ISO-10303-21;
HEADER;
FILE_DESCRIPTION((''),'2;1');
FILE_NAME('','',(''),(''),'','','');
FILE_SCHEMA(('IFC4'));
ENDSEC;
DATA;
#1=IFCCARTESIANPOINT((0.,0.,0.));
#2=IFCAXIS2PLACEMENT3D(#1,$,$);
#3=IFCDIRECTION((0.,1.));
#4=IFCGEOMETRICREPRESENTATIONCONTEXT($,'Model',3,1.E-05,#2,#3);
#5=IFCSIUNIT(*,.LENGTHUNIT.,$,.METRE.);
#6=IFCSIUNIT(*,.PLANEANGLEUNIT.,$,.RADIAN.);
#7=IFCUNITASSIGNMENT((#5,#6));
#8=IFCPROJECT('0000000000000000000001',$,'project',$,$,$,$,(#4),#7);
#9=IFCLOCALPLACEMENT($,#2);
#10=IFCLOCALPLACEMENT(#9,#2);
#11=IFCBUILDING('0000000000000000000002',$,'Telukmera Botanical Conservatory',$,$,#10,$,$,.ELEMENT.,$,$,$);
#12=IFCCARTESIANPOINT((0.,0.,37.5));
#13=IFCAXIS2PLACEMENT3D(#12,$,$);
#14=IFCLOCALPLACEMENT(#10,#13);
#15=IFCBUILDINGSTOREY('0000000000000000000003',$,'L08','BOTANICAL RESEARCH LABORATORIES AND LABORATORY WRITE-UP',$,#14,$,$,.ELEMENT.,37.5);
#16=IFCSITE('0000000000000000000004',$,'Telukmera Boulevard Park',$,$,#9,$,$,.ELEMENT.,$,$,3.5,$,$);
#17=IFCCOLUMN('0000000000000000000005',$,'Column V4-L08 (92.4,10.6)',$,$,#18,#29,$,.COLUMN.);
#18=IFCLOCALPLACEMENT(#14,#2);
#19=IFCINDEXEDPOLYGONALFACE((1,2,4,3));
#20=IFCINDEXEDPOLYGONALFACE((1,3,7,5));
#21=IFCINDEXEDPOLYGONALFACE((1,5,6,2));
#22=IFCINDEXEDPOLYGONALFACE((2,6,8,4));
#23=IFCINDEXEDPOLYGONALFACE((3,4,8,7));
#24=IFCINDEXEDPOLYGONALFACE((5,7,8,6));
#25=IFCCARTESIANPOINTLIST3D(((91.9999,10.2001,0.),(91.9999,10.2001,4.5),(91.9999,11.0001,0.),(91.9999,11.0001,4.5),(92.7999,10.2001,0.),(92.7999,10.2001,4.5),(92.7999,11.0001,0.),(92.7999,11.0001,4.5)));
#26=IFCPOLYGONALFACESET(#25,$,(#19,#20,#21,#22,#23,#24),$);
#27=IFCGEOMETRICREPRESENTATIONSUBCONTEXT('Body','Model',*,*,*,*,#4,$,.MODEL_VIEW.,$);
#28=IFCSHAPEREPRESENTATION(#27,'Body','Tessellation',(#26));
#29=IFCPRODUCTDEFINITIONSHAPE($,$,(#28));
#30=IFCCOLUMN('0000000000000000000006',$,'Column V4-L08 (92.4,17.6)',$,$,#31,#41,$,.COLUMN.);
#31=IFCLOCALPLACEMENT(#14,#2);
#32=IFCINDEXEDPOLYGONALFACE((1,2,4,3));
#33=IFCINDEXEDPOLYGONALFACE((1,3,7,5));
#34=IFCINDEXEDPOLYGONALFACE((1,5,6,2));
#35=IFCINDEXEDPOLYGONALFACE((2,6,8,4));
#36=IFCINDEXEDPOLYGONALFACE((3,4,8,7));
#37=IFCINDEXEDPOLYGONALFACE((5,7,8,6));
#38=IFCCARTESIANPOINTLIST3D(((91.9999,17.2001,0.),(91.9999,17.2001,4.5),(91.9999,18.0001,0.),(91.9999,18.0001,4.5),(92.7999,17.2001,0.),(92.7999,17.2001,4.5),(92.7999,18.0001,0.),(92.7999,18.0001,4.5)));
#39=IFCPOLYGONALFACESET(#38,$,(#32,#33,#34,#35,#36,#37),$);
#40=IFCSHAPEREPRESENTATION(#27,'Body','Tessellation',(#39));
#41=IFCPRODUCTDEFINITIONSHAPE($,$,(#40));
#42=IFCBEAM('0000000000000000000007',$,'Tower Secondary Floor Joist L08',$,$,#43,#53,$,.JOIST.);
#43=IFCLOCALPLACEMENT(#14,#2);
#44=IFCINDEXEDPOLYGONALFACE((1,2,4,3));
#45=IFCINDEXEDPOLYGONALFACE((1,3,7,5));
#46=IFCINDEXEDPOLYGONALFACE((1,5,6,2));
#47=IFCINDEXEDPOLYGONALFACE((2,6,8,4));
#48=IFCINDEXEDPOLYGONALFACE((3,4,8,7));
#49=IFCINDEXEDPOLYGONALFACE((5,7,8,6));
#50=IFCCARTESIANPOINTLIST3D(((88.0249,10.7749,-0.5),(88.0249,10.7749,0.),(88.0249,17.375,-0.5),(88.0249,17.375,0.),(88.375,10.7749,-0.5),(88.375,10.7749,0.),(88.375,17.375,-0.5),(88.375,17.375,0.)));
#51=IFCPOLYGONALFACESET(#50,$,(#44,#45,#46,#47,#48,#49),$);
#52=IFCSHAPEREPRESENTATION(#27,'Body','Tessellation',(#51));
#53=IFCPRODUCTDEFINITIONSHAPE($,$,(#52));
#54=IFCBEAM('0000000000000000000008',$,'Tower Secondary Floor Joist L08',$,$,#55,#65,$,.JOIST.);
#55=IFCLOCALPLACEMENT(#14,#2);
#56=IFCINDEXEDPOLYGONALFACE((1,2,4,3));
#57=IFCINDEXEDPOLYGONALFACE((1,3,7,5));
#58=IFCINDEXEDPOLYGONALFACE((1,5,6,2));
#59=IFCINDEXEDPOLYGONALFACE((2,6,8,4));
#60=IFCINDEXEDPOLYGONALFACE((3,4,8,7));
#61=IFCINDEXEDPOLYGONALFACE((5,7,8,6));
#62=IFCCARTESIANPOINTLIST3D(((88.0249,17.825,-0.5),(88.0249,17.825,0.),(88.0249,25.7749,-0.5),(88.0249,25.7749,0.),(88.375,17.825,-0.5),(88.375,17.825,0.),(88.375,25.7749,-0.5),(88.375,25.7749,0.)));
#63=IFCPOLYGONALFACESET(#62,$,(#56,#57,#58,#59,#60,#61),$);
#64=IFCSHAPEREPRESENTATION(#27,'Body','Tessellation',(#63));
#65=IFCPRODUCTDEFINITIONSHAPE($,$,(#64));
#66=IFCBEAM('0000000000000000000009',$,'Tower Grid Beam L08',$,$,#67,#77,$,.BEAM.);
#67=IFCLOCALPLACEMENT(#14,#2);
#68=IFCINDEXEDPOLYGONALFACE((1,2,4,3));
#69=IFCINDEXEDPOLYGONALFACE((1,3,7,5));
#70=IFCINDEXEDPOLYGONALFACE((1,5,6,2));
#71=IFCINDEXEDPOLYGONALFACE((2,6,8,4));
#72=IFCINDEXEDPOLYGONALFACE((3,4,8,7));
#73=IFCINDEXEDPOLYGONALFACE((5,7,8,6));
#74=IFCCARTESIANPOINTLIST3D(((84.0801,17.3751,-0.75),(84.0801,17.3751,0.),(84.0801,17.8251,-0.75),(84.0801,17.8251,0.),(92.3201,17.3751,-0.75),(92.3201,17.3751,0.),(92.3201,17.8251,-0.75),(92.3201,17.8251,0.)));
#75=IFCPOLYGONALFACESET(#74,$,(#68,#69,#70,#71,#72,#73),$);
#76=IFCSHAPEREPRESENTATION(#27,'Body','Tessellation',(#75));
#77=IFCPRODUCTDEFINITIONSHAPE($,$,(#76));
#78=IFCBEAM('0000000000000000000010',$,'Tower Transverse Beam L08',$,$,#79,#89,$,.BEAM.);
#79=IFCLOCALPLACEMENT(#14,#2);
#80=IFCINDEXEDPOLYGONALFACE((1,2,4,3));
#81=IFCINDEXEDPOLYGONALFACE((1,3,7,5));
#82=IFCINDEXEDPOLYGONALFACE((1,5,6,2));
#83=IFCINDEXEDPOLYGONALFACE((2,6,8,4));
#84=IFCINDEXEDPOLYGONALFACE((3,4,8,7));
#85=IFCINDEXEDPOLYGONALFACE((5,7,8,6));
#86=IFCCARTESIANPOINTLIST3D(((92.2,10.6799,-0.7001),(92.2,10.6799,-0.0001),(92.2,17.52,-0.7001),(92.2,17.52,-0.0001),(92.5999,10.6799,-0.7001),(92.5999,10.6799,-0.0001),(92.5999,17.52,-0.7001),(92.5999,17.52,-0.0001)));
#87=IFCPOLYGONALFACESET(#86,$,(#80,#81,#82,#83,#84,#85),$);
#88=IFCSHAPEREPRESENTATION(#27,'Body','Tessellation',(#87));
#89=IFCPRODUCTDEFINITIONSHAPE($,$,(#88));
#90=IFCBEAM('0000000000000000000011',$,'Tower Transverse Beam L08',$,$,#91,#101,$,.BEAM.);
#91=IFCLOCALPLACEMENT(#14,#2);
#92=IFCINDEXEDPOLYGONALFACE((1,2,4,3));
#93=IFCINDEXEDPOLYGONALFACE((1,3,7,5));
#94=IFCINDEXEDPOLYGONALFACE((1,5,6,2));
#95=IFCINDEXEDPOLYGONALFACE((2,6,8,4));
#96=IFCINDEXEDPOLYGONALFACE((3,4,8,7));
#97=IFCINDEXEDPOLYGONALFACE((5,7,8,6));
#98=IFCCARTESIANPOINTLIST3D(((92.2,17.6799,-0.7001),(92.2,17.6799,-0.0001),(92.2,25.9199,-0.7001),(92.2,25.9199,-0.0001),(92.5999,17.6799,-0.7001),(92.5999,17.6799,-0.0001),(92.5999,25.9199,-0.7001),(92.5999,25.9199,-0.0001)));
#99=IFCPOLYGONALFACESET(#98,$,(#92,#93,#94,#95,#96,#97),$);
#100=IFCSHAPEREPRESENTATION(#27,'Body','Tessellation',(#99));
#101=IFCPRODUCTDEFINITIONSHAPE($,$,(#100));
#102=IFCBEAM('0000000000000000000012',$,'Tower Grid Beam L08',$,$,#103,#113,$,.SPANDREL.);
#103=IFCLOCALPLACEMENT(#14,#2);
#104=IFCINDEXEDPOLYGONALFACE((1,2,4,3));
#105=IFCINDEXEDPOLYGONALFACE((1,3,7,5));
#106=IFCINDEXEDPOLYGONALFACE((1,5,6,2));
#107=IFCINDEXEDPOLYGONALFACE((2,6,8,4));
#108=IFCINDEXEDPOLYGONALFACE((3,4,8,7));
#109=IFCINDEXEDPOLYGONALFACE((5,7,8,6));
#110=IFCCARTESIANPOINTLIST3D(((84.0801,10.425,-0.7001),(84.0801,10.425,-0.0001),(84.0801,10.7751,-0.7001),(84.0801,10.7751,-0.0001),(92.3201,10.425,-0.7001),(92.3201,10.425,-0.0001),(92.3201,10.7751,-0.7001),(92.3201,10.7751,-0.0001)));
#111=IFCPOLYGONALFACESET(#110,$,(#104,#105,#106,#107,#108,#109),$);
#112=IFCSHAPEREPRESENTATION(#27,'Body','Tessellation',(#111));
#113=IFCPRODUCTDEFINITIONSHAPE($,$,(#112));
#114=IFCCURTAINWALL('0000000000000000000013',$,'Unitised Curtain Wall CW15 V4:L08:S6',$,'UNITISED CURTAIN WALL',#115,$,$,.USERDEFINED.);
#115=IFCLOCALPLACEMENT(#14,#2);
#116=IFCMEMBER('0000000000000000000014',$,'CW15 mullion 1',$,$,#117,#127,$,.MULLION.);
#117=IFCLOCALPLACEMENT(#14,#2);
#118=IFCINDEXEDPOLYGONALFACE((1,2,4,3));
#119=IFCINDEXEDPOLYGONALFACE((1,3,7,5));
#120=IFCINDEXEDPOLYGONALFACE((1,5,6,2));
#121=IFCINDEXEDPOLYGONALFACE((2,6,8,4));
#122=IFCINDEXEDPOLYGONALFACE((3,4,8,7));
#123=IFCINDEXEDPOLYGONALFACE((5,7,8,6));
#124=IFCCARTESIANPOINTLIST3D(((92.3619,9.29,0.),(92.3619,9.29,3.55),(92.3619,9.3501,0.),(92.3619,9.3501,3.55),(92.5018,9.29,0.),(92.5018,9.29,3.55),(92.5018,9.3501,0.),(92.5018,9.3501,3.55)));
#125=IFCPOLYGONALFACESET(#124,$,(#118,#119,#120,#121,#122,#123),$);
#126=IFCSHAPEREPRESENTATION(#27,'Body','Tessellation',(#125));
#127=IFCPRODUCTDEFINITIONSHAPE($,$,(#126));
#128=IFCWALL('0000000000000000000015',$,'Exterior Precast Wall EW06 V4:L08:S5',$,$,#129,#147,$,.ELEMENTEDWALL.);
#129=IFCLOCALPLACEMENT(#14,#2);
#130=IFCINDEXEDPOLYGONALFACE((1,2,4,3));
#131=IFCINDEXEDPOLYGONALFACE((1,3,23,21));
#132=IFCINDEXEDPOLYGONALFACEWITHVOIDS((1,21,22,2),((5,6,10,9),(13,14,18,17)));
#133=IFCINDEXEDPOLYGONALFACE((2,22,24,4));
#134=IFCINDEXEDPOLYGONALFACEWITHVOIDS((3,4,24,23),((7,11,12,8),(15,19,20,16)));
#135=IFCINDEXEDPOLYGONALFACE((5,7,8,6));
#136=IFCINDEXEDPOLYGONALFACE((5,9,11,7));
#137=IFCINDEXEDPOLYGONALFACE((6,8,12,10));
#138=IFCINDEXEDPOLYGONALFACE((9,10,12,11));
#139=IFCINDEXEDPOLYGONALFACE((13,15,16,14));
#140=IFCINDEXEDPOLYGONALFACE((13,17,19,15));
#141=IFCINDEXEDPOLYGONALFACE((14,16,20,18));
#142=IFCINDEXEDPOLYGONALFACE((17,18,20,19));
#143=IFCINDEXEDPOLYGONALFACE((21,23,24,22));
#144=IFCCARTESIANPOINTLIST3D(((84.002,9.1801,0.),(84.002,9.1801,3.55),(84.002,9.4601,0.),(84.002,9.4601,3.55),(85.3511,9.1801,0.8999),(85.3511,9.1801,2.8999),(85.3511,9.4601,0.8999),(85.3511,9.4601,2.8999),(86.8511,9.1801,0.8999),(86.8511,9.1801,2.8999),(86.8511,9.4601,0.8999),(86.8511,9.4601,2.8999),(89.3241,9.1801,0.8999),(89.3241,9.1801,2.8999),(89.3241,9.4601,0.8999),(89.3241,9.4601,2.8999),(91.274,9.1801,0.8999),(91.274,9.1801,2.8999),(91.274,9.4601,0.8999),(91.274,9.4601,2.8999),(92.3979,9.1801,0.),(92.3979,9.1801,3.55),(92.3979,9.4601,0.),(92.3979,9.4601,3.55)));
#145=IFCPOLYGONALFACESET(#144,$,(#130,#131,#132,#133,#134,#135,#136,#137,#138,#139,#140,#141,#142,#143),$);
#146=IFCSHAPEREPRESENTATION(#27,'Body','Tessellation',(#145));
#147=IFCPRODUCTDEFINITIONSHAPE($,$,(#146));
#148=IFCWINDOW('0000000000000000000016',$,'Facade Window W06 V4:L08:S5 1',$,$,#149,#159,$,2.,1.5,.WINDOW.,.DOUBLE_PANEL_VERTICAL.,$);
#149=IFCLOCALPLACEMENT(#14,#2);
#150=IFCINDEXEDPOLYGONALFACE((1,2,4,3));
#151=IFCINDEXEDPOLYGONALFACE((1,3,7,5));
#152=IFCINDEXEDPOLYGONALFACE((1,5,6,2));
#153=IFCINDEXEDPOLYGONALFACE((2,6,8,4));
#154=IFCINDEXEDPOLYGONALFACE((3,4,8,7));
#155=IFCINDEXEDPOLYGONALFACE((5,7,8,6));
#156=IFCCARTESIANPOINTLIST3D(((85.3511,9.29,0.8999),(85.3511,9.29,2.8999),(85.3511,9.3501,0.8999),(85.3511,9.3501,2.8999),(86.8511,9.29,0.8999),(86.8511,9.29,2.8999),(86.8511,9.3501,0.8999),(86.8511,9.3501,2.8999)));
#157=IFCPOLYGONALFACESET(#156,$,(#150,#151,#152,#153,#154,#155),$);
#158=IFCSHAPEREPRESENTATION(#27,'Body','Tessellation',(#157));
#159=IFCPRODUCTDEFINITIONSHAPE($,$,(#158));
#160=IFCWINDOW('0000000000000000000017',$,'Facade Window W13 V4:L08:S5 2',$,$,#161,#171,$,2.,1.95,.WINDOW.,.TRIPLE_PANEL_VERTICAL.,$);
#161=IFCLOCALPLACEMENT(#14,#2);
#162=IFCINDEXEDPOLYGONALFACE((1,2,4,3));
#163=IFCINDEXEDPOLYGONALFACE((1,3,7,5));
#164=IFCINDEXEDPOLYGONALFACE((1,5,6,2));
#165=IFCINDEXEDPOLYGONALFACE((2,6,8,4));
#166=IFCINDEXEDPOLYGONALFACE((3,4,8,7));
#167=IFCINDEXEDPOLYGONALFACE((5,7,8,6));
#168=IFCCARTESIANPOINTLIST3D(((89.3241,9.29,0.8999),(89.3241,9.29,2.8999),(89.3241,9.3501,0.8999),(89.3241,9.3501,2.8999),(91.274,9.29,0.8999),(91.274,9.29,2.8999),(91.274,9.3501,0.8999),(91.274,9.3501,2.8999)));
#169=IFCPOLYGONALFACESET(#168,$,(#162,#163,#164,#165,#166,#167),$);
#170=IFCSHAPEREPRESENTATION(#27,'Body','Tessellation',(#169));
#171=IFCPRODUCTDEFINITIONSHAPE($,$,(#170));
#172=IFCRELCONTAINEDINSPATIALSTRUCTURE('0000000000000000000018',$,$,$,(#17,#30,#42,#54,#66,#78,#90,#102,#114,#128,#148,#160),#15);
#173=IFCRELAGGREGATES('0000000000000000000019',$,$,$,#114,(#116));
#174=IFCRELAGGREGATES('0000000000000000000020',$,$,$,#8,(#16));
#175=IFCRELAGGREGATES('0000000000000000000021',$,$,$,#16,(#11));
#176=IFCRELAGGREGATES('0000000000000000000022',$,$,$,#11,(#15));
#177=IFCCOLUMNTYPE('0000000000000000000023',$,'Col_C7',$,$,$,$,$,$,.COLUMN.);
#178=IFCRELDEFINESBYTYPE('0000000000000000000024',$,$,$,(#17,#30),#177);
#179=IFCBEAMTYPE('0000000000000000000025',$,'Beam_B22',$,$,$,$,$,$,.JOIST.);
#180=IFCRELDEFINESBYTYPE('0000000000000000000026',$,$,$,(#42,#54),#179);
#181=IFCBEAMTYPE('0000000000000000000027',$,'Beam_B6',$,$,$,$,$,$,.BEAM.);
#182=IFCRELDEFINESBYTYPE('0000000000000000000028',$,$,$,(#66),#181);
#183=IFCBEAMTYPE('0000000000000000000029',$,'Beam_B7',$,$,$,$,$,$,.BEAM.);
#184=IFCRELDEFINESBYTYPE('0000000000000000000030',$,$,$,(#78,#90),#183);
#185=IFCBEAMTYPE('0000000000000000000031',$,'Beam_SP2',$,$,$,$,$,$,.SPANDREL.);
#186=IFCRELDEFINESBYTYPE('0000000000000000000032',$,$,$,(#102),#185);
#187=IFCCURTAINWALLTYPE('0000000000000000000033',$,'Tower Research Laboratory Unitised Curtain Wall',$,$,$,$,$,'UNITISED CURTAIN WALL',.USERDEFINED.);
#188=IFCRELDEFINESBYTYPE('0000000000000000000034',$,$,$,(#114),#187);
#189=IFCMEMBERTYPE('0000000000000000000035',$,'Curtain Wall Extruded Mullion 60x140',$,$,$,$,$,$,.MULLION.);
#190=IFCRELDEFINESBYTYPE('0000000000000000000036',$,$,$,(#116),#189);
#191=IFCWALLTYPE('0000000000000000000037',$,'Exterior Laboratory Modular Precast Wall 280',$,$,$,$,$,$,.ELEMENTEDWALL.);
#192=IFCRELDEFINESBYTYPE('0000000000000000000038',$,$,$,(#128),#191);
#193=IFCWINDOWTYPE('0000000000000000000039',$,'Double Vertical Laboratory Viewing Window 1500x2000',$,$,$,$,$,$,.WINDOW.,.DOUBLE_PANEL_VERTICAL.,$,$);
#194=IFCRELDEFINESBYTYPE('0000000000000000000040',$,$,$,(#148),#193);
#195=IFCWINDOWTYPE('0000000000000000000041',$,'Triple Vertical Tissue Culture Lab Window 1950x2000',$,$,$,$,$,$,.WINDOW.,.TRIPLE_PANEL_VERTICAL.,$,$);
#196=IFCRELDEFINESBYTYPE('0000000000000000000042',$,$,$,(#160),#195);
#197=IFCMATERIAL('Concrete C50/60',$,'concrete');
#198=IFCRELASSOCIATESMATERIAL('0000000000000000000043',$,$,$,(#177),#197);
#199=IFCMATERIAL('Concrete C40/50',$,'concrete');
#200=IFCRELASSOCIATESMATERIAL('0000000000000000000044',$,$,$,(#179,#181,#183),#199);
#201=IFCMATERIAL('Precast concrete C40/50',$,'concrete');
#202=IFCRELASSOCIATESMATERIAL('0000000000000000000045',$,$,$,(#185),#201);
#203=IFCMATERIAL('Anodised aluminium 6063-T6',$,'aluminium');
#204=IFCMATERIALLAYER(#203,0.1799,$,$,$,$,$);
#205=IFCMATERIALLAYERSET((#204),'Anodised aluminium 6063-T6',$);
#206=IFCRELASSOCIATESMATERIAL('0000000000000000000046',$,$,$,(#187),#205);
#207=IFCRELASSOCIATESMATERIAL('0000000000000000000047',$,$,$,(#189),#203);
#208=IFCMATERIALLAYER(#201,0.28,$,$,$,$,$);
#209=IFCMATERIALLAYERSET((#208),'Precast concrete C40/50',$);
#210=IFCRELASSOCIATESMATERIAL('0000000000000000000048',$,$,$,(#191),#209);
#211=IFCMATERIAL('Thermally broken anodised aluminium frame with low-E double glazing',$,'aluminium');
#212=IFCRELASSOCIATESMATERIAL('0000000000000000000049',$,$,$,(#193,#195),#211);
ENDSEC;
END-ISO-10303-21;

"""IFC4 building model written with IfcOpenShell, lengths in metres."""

from ifc_helpers import new_model, si_unit, direction, frame, frame_2d, origin, origin_2d, place, context, subcontext, project, spatial, rectangle, extrude, material, layer, layer_set, material_profile, profile_set, type_object, element, fill, aggregate, save


model = new_model("IFC4")

# Units and contexts
model_context = context("Model", 3, precision=1e-05, world=origin(), true_north=direction((0.0, 1.0)))
body_context = subcontext(model_context, "Body", "Model", "MODEL_VIEW")
ifc_project = project(units=[si_unit("LENGTHUNIT", "METRE"), si_unit("PLANEANGLEUNIT", "RADIAN")], contexts=[model_context])

# Site, building, storey
site_placement = place(None, origin())
site = spatial("IfcSite", under=ifc_project, at=site_placement, Name="Telukmera Boulevard Park", CompositionType="ELEMENT", RefElevation=3.5)
building_placement = place(site_placement, origin())
building = spatial("IfcBuilding", under=site, at=building_placement, Name="Telukmera Botanical Conservatory", CompositionType="ELEMENT")
storey_placement = place(building_placement, frame((0.0, 0.0, 37.5)))
storey = spatial("IfcBuildingStorey", under=building, at=storey_placement, Name="L08", Description="BOTANICAL RESEARCH LABORATORIES AND LABORATORY WRITE-UP", CompositionType="ELEMENT", Elevation=37.5)

# Columns
ifc_material_1 = material(Name="Concrete C50/60", Category="concrete")
ifc_material_profile_1 = material_profile(ifc_material_1, rectangle(XDim=0.8, YDim=0.8, at=origin_2d()), Name="RC 800x800")
ifc_profile_set_1 = profile_set([ifc_material_profile_1], Name="Concrete C50/60")
column_type = type_object("IfcColumnType", Name="Col_C7", PredefinedType="COLUMN", material=ifc_profile_set_1)
for number, where, z_axis, x_axis, name in (
    (1, (92.3999, 10.6001, 0.0), (0.0, 0.0, 1.0), (1.0, 0.0, 0.0), "Column V4-L08 (92.4,10.6)"),
    (2, (92.3999, 17.6001, 0.0), (0.0, 0.0, 1.0), (1.0, 0.0, 0.0), "Column V4-L08 (92.4,17.6)"),
):
    element("IfcColumn", number, at=place(storey_placement, frame(where, z_axis=z_axis, x_axis=x_axis)), inside=storey, type_object=column_type, Name=name, PredefinedType="COLUMN", context=body_context, shape_type="SweptSolid", body=[
        extrude(rectangle(XDim=0.8, YDim=0.8, at=origin_2d()), origin(), (0.0, 0.0, 1.0), 4.5),
    ])

# Beams
ifc_material_2 = material(Name="Concrete C40/50", Category="concrete")
ifc_material_profile_2 = material_profile(ifc_material_2, rectangle(XDim=0.3501, YDim=0.5, at=origin_2d()), Name="RC 350x500")
ifc_profile_set_2 = profile_set([ifc_material_profile_2], Name="Concrete C40/50")
beam_type_1 = type_object("IfcBeamType", Name="Beam_B22", PredefinedType="JOIST", material=ifc_profile_set_2)
beam_1_placement = place(storey_placement, frame((88.2, 10.7749, -0.25), z_axis=(0.0, 1.0, 0.0), x_axis=(-1.0, 0.0, 0.0)))
element("IfcBeam", 3, at=beam_1_placement, inside=storey, type_object=beam_type_1, Name="Tower Secondary Floor Joist L08", PredefinedType="JOIST", context=body_context, shape_type="SweptSolid", body=[
    extrude(rectangle(XDim=0.3501, YDim=0.5, at=origin_2d()), origin(), (0.0, 0.0, 1.0), 6.6001),
])
beam_2_placement = place(storey_placement, frame((88.2, 17.825, -0.25), z_axis=(0.0, 1.0, 0.0), x_axis=(-1.0, 0.0, 0.0)))
element("IfcBeam", 4, at=beam_2_placement, inside=storey, type_object=beam_type_1, Name="Tower Secondary Floor Joist L08", PredefinedType="JOIST", context=body_context, shape_type="SweptSolid", body=[
    extrude(rectangle(XDim=0.3501, YDim=0.5, at=origin_2d()), origin(), (0.0, 0.0, 1.0), 7.95),
])
ifc_material_profile_3 = material_profile(ifc_material_2, rectangle(XDim=0.45, YDim=0.75, at=origin_2d()), Name="RC 450x750")
ifc_profile_set_3 = profile_set([ifc_material_profile_3], Name="Concrete C40/50")
beam_type_2 = type_object("IfcBeamType", Name="Beam_B6", PredefinedType="BEAM", material=ifc_profile_set_3)
beam_3_placement = place(storey_placement, frame((84.0801, 17.6001, -0.375), z_axis=(1.0, 0.0, 0.0), x_axis=(0.0, 1.0, 0.0)))
element("IfcBeam", 5, at=beam_3_placement, inside=storey, type_object=beam_type_2, Name="Tower Grid Beam L08", PredefinedType="BEAM", context=body_context, shape_type="SweptSolid", body=[
    extrude(rectangle(XDim=0.45, YDim=0.75, at=origin_2d()), origin(), (0.0, 0.0, 1.0), 8.24),
])
ifc_material_profile_4 = material_profile(ifc_material_2, rectangle(XDim=0.3999, YDim=0.7, at=origin_2d()), Name="RC 400x700")
ifc_profile_set_4 = profile_set([ifc_material_profile_4], Name="Concrete C40/50")
beam_type_3 = type_object("IfcBeamType", Name="Beam_B7", PredefinedType="BEAM", material=ifc_profile_set_4)
beam_4_placement = place(storey_placement, frame((92.3999, 10.6799, -0.3501), z_axis=(0.0, 1.0, 0.0), x_axis=(-1.0, 0.0, 0.0)))
element("IfcBeam", 6, at=beam_4_placement, inside=storey, type_object=beam_type_3, Name="Tower Transverse Beam L08", PredefinedType="BEAM", context=body_context, shape_type="SweptSolid", body=[
    extrude(rectangle(XDim=0.3999, YDim=0.7, at=origin_2d()), origin(), (0.0, 0.0, 1.0), 6.8401),
])
beam_5_placement = place(storey_placement, frame((92.3999, 17.6799, -0.3501), z_axis=(0.0, 1.0, 0.0), x_axis=(-1.0, 0.0, 0.0)))
element("IfcBeam", 7, at=beam_5_placement, inside=storey, type_object=beam_type_3, Name="Tower Transverse Beam L08", PredefinedType="BEAM", context=body_context, shape_type="SweptSolid", body=[
    extrude(rectangle(XDim=0.3999, YDim=0.7, at=origin_2d()), origin(), (0.0, 0.0, 1.0), 8.24),
])
ifc_material_3 = material(Name="Precast concrete C40/50", Category="concrete")
ifc_material_profile_5 = material_profile(ifc_material_3, rectangle(XDim=0.3501, YDim=0.7, at=origin_2d()), Name="PC 350x700")
ifc_profile_set_5 = profile_set([ifc_material_profile_5], Name="Precast concrete C40/50")
beam_type_4 = type_object("IfcBeamType", Name="Beam_SP2", PredefinedType="SPANDREL", material=ifc_profile_set_5)
beam_6_placement = place(storey_placement, frame((84.0801, 10.6001, -0.3501), z_axis=(1.0, 0.0, 0.0), x_axis=(0.0, 1.0, 0.0)))
element("IfcBeam", 8, at=beam_6_placement, inside=storey, type_object=beam_type_4, Name="Tower Grid Beam L08", PredefinedType="SPANDREL", context=body_context, shape_type="SweptSolid", body=[
    extrude(rectangle(XDim=0.3501, YDim=0.7, at=origin_2d()), origin(), (0.0, 0.0, 1.0), 8.24),
])

# Curtain wall, member
ifc_material_4 = material(Name="Anodised aluminium 6063-T6", Category="aluminium")
ifc_layer_1 = layer(ifc_material_4, 0.1799)
ifc_layer_set_1 = layer_set([ifc_layer_1], Name="Anodised aluminium 6063-T6")
curtain_wall_type = type_object("IfcCurtainWallType", Name="Tower Research Laboratory Unitised Curtain Wall", ElementType="UNITISED CURTAIN WALL", PredefinedType="USERDEFINED", material=ifc_layer_set_1)
curtain_wall_placement = place(storey_placement, origin())
curtain_wall = element("IfcCurtainWall", 9, at=curtain_wall_placement, inside=storey, type_object=curtain_wall_type, Name="Unitised Curtain Wall CW15 V4:L08:S6", ObjectType="UNITISED CURTAIN WALL", PredefinedType="USERDEFINED")
ifc_material_profile_6 = material_profile(ifc_material_4, rectangle(XDim=0.0601, YDim=0.1399, at=origin_2d()), Name="ALU MULL 60x140")
ifc_profile_set_6 = profile_set([ifc_material_profile_6], Name="Anodised aluminium 6063-T6")
member_type = type_object("IfcMemberType", Name="Curtain Wall Extruded Mullion 60x140", PredefinedType="MULLION", material=ifc_profile_set_6)
member_placement = place(storey_placement, frame((92.4319, 9.3201, 0.0), z_axis=(0.0, 0.0, 1.0), x_axis=(0.0, 1.0, 0.0)))
member = element("IfcMember", 10, at=member_placement, type_object=member_type, Name="CW15 mullion 1", PredefinedType="MULLION", context=body_context, shape_type="SweptSolid", body=[
    extrude(rectangle(XDim=0.0601, YDim=0.1399, at=origin_2d()), origin(), (0.0, 0.0, 1.0), 3.55),
])
aggregate(curtain_wall, [member])

# Wall, openings, windows
ifc_layer_2 = layer(ifc_material_3, 0.28)
ifc_layer_set_2 = layer_set([ifc_layer_2], Name="Precast concrete C40/50")
wall_type_1 = type_object("IfcWallType", Name="Exterior Laboratory Modular Precast Wall 280", PredefinedType="ELEMENTEDWALL", material=ifc_layer_set_2)
wall_1_placement = place(storey_placement, frame((84.002, 9.3201, 0.0), z_axis=(0.0, 0.0, 1.0), x_axis=(1.0, 0.0, 0.0)))
wall_1 = element("IfcWall", 11, at=wall_1_placement, inside=storey, type_object=wall_type_1, Name="Exterior Precast Wall EW06 V4:L08:S5", PredefinedType="ELEMENTEDWALL", context=body_context, shape_type="SweptSolid", body=[
    extrude(rectangle(XDim=8.396, YDim=0.28, at=frame_2d((4.198, 0.0))), origin(), (0.0, 0.0, 1.0), 3.55),
])
opening_1_placement = place(wall_1_placement, frame((1.3491, 0.0, 0.8999)))
opening_1 = element("IfcOpeningElement", 12, at=opening_1_placement, cuts=wall_1, PredefinedType="OPENING", context=body_context, shape_type="SweptSolid", body=[
    extrude(rectangle(XDim=1.5, YDim=2.0, at=frame_2d((0.75, 1.0))), frame((0.0, 0.1499, 0.0), z_axis=(0.0, -1.0, 0.0), x_axis=(1.0, 0.0, 0.0)), (0.0, 0.0, 1.0), 0.3),
])
opening_2_placement = place(wall_1_placement, frame((5.322, 0.0, 0.8999)))
opening_2 = element("IfcOpeningElement", 13, at=opening_2_placement, cuts=wall_1, PredefinedType="OPENING", context=body_context, shape_type="SweptSolid", body=[
    extrude(rectangle(XDim=1.95, YDim=2.0, at=frame_2d((0.9751, 1.0))), frame((0.0, 0.1499, 0.0), z_axis=(0.0, -1.0, 0.0), x_axis=(1.0, 0.0, 0.0)), (0.0, 0.0, 1.0), 0.3),
])
ifc_material_5 = material(Name="Thermally broken anodised aluminium frame with low-E double glazing", Category="aluminium")
window_type_1 = type_object("IfcWindowType", Name="Double Vertical Laboratory Viewing Window 1500x2000", PartitioningType="DOUBLE_PANEL_VERTICAL", PredefinedType="WINDOW", material=ifc_material_5)
window_1_placement = place(opening_1_placement, origin())
window_1 = element("IfcWindow", 14, at=window_1_placement, inside=storey, type_object=window_type_1, Name="Facade Window W06 V4:L08:S5 1", OverallHeight=2.0, OverallWidth=1.5, PartitioningType="DOUBLE_PANEL_VERTICAL", PredefinedType="WINDOW", context=body_context, shape_type="SweptSolid", body=[
    extrude(rectangle(XDim=1.5, YDim=2.0, at=frame_2d((0.75, 1.0))), frame((0.0, 0.03, 0.0), z_axis=(0.0, -1.0, 0.0), x_axis=(1.0, 0.0, 0.0)), (0.0, 0.0, 1.0), 0.0601),
])
fill(opening_1, window_1)
window_type_2 = type_object("IfcWindowType", Name="Triple Vertical Tissue Culture Lab Window 1950x2000", PartitioningType="TRIPLE_PANEL_VERTICAL", PredefinedType="WINDOW", material=ifc_material_5)
window_2_placement = place(opening_2_placement, origin())
window_2 = element("IfcWindow", 15, at=window_2_placement, inside=storey, type_object=window_type_2, Name="Facade Window W13 V4:L08:S5 2", OverallHeight=2.0, OverallWidth=1.95, PartitioningType="TRIPLE_PANEL_VERTICAL", PredefinedType="WINDOW", context=body_context, shape_type="SweptSolid", body=[
    extrude(rectangle(XDim=1.95, YDim=2.0, at=frame_2d((0.9751, 1.0))), frame((0.0, 0.03, 0.0), z_axis=(0.0, -1.0, 0.0), x_axis=(1.0, 0.0, 0.0)), (0.0, 0.0, 1.0), 0.0601),
])
fill(opening_2, window_2)

save(model, "model.ifc")
